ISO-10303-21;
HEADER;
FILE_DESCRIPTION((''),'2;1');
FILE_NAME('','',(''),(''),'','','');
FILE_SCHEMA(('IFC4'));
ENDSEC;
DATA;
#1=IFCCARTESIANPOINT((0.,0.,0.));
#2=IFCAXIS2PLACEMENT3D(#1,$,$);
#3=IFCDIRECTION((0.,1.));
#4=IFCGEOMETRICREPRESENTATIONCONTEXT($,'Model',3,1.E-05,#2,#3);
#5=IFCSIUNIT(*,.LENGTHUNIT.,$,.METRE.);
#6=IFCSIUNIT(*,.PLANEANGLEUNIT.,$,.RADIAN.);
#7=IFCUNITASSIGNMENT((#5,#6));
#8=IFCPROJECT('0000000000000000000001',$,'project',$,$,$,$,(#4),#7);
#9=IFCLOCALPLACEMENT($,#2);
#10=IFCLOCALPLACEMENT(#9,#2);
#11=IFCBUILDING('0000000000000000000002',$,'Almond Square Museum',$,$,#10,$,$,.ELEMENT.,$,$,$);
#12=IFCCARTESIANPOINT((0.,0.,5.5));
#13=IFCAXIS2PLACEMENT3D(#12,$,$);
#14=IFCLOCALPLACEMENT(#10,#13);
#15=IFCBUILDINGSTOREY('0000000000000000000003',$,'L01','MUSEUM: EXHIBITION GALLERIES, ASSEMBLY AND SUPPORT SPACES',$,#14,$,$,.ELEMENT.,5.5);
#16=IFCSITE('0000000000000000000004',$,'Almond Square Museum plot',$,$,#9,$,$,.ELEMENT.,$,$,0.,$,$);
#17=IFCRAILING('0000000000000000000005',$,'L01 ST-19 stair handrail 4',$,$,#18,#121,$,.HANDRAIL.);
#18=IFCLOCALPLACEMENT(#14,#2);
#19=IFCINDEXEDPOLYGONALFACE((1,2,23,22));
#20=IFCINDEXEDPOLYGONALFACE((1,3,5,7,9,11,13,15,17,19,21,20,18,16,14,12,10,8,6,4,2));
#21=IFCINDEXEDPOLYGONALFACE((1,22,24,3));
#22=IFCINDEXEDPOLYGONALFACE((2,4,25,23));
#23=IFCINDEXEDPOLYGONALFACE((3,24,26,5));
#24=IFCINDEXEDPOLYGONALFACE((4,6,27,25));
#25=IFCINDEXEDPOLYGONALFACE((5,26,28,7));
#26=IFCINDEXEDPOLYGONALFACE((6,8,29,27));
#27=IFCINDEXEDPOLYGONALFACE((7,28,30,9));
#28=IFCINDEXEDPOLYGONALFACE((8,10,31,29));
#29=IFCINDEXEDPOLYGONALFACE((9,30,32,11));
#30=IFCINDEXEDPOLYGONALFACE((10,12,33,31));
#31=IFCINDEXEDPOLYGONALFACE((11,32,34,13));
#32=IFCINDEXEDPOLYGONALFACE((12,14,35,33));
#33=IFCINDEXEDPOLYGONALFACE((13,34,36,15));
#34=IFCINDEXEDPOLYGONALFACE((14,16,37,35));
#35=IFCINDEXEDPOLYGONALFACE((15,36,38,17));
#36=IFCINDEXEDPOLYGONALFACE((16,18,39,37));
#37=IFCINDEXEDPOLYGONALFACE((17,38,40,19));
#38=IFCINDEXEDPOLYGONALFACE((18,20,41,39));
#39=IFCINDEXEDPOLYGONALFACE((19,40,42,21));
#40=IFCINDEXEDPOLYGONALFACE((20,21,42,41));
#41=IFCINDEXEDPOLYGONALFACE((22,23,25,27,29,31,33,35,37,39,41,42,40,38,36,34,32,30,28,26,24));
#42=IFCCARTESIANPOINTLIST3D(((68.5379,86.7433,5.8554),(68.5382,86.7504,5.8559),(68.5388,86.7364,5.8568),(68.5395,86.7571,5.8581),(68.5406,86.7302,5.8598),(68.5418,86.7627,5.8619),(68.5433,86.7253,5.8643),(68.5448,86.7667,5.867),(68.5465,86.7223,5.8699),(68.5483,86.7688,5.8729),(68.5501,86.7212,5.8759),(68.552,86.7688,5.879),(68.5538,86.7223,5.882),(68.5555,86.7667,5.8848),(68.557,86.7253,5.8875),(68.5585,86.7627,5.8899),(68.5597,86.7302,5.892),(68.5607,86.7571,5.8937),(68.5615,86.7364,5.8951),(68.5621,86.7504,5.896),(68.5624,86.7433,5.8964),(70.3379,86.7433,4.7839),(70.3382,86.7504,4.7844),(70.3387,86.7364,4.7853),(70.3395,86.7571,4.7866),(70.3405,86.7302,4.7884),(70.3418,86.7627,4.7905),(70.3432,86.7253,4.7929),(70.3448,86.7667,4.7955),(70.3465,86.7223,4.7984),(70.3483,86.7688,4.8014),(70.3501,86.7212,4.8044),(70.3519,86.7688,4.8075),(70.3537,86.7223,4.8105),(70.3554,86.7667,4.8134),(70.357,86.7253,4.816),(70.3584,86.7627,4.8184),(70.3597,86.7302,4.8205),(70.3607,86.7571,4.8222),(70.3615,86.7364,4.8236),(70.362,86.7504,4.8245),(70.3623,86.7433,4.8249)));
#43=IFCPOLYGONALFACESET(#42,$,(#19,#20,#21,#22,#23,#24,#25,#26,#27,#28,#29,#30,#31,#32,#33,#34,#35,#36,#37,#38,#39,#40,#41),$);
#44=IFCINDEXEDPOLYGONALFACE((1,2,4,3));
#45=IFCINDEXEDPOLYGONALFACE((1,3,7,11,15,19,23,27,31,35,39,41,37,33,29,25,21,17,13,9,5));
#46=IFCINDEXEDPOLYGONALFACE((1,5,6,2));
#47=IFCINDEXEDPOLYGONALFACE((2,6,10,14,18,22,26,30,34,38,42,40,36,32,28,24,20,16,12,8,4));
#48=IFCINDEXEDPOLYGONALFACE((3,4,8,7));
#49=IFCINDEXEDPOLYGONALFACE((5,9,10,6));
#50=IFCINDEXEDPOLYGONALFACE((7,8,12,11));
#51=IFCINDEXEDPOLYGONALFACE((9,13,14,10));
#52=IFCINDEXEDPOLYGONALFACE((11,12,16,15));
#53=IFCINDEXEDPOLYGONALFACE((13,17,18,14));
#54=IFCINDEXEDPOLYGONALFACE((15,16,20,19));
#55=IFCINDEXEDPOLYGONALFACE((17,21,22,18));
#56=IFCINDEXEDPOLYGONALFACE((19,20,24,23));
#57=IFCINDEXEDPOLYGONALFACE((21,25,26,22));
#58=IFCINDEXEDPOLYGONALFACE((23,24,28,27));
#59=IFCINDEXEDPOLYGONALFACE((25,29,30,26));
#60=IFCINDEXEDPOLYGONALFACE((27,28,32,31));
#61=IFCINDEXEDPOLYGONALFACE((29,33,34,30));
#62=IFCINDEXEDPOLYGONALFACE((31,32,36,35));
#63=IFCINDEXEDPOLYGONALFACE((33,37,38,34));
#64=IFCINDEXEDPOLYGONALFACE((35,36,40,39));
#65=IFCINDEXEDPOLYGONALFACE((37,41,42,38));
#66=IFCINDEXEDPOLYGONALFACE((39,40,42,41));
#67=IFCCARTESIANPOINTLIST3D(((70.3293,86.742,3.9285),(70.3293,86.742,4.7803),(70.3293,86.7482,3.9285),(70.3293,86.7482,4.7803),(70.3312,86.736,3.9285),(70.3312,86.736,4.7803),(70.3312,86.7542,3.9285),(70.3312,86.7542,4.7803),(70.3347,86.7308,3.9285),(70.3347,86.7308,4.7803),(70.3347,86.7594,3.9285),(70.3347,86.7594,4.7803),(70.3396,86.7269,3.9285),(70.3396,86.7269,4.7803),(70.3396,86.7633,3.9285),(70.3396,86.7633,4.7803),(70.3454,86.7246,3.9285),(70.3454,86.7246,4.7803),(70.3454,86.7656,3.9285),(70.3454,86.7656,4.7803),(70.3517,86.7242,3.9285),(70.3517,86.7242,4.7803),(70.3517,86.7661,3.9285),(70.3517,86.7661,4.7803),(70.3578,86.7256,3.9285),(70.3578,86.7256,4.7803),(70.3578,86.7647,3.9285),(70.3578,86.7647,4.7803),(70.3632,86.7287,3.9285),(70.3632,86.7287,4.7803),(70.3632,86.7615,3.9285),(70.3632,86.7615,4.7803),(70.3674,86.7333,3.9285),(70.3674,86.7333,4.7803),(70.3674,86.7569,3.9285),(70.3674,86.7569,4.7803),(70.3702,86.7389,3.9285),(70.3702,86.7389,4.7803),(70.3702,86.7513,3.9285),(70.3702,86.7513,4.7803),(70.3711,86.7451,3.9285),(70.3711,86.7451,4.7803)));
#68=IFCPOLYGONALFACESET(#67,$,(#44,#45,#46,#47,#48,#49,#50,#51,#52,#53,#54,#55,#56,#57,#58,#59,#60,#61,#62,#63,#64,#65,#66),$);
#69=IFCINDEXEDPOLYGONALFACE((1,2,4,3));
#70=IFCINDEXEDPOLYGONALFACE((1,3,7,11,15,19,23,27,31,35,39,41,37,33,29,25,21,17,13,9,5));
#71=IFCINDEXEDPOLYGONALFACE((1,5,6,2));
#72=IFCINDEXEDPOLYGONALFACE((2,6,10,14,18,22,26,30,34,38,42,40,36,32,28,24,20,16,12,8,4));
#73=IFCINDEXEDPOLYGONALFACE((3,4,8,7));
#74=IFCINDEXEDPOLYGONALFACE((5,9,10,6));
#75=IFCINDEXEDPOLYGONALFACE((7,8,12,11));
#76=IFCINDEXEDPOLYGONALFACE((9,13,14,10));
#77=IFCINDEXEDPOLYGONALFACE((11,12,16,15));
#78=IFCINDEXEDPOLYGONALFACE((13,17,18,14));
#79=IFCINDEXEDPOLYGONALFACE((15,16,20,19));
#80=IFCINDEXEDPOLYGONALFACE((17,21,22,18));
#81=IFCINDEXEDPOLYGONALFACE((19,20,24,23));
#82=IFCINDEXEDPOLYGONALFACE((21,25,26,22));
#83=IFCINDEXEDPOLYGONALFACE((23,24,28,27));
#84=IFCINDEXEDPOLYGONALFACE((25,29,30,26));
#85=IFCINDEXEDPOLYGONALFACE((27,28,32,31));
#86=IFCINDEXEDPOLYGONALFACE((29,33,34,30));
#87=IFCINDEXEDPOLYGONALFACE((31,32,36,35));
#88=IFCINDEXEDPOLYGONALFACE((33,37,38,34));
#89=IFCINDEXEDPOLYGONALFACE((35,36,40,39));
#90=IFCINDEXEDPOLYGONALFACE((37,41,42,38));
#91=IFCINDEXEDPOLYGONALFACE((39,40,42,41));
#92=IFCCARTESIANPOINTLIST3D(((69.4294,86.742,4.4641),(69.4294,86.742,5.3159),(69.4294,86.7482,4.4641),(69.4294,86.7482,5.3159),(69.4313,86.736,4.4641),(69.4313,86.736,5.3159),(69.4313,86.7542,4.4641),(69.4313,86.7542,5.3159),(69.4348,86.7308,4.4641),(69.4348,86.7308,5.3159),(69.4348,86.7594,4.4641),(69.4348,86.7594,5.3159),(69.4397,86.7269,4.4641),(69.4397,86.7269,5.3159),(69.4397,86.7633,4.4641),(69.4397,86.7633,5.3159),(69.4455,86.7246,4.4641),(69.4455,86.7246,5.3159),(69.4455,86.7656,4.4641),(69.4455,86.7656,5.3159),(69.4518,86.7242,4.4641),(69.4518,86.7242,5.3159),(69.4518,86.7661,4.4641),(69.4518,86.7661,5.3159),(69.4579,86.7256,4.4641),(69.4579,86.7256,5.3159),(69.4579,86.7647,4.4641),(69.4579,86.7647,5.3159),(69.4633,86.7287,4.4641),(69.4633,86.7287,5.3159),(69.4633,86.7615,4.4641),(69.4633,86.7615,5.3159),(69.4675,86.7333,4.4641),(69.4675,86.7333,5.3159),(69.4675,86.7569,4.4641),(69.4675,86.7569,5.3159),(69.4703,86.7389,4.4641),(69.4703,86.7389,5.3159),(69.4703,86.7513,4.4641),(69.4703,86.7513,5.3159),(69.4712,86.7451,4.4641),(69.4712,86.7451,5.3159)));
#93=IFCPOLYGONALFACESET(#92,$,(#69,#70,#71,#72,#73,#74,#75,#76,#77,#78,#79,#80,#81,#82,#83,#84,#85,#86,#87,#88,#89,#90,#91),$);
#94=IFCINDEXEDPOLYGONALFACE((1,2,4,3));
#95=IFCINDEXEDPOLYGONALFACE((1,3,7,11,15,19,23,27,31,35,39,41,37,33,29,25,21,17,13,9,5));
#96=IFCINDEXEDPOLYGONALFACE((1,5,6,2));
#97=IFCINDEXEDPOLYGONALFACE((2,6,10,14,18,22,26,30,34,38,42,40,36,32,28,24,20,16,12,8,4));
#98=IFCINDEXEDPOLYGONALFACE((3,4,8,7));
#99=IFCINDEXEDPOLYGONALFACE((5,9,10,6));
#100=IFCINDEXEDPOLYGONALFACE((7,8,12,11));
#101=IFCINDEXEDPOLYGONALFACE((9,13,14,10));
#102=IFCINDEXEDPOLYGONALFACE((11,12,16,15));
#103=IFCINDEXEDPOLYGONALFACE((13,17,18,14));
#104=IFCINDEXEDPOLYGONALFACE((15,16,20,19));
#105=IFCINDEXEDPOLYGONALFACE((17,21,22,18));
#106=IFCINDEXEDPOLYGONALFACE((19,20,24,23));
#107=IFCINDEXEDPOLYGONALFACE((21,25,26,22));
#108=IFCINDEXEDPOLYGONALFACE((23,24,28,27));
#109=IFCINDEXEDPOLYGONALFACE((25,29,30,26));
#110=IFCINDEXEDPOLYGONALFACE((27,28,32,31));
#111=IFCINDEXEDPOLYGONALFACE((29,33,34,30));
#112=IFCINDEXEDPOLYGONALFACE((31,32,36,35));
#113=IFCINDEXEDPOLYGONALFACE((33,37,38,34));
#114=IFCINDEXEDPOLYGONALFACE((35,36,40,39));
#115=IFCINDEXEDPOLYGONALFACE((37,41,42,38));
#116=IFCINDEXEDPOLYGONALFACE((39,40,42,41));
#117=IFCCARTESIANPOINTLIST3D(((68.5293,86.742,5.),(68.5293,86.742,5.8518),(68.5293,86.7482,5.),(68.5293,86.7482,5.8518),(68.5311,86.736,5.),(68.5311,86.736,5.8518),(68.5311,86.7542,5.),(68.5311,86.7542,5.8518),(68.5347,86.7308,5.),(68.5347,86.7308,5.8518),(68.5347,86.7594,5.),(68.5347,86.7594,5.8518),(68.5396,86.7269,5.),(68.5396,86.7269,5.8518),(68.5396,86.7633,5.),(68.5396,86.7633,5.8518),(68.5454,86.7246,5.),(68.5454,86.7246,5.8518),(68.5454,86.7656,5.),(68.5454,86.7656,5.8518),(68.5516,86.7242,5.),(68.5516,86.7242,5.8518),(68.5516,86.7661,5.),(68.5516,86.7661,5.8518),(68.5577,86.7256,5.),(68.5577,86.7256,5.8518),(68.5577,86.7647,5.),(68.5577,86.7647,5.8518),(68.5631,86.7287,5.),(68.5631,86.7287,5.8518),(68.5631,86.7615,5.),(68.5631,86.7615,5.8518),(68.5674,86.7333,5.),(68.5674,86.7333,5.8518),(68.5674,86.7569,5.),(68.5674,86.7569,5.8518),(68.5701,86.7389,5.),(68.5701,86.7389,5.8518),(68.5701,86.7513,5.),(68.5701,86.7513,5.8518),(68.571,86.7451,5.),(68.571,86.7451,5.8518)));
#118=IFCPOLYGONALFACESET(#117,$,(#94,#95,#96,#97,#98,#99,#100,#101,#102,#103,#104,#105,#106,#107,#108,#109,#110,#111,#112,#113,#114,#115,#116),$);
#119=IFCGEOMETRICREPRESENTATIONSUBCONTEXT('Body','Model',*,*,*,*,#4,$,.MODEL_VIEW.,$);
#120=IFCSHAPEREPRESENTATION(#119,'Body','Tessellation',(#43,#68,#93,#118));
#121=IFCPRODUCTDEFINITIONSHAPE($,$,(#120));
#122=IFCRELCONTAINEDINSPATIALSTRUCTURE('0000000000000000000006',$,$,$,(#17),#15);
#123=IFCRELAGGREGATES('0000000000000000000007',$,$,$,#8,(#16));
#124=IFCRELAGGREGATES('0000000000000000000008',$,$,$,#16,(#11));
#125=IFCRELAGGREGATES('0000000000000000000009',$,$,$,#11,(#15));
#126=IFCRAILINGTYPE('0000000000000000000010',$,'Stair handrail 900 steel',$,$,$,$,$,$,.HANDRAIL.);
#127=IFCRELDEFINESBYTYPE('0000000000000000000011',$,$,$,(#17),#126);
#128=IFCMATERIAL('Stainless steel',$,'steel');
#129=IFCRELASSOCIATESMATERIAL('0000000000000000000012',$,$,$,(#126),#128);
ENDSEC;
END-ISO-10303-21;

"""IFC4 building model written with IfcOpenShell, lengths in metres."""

from ifc_helpers import new_model, si_unit, direction, frame, origin, origin_2d, place, context, subcontext, project, spatial, circle, extrude, material, type_object, element, save


model = new_model("IFC4")

# Units and contexts
model_context = context("Model", 3, precision=1e-05, world=origin(), true_north=direction((0.0, 1.0)))
body_context = subcontext(model_context, "Body", "Model", "MODEL_VIEW")
ifc_project = project(units=[si_unit("LENGTHUNIT", "METRE"), si_unit("PLANEANGLEUNIT", "RADIAN")], contexts=[model_context])

# Site, building, storey
site_placement = place(None, origin())
site = spatial("IfcSite", under=ifc_project, at=site_placement, Name="Almond Square Museum plot", CompositionType="ELEMENT", RefElevation=0.0)
building_placement = place(site_placement, origin())
building = spatial("IfcBuilding", under=site, at=building_placement, Name="Almond Square Museum", CompositionType="ELEMENT")
storey_placement = place(building_placement, frame((0.0, 0.0, 5.5)))
storey = spatial("IfcBuildingStorey", under=building, at=storey_placement, Name="L01", Description="MUSEUM: EXHIBITION GALLERIES, ASSEMBLY AND SUPPORT SPACES", CompositionType="ELEMENT", Elevation=5.5)

# Railing
ifc_material_1 = material(Name="Stainless steel", Category="steel")
railing_type_1 = type_object("IfcRailingType", Name="Stair handrail 900 steel", PredefinedType="HANDRAIL", material=ifc_material_1)
railing_1_placement = place(storey_placement, frame((70.3501, 86.7451, 3.9285)))
element("IfcRailing", 1, at=railing_1_placement, inside=storey, type_object=railing_type_1, Name="L01 ST-19 stair handrail 4", PredefinedType="HANDRAIL", context=body_context, shape_type="SweptSolid", body=[
    extrude(circle(Radius=0.0239, at=origin_2d()), frame((0.0, 0.0, 0.876), z_axis=(-0.859277, 0.0, 0.51151), x_axis=(0.0, -1.0, 0.0)), (0.0, 0.0, 1.0), 2.0947),
    extrude(circle(Radius=0.021, at=origin_2d()), origin(), (0.0, 0.0, 1.0), 0.8518),
    extrude(circle(Radius=0.021, at=origin_2d()), frame((-0.8999, 0.0, 0.5356)), (0.0, 0.0, 1.0), 0.8518),
    extrude(circle(Radius=0.021, at=origin_2d()), frame((-1.8, 0.0, 1.0715)), (0.0, 0.0, 1.0), 0.8518),
])

save(model, "model.ifc")
